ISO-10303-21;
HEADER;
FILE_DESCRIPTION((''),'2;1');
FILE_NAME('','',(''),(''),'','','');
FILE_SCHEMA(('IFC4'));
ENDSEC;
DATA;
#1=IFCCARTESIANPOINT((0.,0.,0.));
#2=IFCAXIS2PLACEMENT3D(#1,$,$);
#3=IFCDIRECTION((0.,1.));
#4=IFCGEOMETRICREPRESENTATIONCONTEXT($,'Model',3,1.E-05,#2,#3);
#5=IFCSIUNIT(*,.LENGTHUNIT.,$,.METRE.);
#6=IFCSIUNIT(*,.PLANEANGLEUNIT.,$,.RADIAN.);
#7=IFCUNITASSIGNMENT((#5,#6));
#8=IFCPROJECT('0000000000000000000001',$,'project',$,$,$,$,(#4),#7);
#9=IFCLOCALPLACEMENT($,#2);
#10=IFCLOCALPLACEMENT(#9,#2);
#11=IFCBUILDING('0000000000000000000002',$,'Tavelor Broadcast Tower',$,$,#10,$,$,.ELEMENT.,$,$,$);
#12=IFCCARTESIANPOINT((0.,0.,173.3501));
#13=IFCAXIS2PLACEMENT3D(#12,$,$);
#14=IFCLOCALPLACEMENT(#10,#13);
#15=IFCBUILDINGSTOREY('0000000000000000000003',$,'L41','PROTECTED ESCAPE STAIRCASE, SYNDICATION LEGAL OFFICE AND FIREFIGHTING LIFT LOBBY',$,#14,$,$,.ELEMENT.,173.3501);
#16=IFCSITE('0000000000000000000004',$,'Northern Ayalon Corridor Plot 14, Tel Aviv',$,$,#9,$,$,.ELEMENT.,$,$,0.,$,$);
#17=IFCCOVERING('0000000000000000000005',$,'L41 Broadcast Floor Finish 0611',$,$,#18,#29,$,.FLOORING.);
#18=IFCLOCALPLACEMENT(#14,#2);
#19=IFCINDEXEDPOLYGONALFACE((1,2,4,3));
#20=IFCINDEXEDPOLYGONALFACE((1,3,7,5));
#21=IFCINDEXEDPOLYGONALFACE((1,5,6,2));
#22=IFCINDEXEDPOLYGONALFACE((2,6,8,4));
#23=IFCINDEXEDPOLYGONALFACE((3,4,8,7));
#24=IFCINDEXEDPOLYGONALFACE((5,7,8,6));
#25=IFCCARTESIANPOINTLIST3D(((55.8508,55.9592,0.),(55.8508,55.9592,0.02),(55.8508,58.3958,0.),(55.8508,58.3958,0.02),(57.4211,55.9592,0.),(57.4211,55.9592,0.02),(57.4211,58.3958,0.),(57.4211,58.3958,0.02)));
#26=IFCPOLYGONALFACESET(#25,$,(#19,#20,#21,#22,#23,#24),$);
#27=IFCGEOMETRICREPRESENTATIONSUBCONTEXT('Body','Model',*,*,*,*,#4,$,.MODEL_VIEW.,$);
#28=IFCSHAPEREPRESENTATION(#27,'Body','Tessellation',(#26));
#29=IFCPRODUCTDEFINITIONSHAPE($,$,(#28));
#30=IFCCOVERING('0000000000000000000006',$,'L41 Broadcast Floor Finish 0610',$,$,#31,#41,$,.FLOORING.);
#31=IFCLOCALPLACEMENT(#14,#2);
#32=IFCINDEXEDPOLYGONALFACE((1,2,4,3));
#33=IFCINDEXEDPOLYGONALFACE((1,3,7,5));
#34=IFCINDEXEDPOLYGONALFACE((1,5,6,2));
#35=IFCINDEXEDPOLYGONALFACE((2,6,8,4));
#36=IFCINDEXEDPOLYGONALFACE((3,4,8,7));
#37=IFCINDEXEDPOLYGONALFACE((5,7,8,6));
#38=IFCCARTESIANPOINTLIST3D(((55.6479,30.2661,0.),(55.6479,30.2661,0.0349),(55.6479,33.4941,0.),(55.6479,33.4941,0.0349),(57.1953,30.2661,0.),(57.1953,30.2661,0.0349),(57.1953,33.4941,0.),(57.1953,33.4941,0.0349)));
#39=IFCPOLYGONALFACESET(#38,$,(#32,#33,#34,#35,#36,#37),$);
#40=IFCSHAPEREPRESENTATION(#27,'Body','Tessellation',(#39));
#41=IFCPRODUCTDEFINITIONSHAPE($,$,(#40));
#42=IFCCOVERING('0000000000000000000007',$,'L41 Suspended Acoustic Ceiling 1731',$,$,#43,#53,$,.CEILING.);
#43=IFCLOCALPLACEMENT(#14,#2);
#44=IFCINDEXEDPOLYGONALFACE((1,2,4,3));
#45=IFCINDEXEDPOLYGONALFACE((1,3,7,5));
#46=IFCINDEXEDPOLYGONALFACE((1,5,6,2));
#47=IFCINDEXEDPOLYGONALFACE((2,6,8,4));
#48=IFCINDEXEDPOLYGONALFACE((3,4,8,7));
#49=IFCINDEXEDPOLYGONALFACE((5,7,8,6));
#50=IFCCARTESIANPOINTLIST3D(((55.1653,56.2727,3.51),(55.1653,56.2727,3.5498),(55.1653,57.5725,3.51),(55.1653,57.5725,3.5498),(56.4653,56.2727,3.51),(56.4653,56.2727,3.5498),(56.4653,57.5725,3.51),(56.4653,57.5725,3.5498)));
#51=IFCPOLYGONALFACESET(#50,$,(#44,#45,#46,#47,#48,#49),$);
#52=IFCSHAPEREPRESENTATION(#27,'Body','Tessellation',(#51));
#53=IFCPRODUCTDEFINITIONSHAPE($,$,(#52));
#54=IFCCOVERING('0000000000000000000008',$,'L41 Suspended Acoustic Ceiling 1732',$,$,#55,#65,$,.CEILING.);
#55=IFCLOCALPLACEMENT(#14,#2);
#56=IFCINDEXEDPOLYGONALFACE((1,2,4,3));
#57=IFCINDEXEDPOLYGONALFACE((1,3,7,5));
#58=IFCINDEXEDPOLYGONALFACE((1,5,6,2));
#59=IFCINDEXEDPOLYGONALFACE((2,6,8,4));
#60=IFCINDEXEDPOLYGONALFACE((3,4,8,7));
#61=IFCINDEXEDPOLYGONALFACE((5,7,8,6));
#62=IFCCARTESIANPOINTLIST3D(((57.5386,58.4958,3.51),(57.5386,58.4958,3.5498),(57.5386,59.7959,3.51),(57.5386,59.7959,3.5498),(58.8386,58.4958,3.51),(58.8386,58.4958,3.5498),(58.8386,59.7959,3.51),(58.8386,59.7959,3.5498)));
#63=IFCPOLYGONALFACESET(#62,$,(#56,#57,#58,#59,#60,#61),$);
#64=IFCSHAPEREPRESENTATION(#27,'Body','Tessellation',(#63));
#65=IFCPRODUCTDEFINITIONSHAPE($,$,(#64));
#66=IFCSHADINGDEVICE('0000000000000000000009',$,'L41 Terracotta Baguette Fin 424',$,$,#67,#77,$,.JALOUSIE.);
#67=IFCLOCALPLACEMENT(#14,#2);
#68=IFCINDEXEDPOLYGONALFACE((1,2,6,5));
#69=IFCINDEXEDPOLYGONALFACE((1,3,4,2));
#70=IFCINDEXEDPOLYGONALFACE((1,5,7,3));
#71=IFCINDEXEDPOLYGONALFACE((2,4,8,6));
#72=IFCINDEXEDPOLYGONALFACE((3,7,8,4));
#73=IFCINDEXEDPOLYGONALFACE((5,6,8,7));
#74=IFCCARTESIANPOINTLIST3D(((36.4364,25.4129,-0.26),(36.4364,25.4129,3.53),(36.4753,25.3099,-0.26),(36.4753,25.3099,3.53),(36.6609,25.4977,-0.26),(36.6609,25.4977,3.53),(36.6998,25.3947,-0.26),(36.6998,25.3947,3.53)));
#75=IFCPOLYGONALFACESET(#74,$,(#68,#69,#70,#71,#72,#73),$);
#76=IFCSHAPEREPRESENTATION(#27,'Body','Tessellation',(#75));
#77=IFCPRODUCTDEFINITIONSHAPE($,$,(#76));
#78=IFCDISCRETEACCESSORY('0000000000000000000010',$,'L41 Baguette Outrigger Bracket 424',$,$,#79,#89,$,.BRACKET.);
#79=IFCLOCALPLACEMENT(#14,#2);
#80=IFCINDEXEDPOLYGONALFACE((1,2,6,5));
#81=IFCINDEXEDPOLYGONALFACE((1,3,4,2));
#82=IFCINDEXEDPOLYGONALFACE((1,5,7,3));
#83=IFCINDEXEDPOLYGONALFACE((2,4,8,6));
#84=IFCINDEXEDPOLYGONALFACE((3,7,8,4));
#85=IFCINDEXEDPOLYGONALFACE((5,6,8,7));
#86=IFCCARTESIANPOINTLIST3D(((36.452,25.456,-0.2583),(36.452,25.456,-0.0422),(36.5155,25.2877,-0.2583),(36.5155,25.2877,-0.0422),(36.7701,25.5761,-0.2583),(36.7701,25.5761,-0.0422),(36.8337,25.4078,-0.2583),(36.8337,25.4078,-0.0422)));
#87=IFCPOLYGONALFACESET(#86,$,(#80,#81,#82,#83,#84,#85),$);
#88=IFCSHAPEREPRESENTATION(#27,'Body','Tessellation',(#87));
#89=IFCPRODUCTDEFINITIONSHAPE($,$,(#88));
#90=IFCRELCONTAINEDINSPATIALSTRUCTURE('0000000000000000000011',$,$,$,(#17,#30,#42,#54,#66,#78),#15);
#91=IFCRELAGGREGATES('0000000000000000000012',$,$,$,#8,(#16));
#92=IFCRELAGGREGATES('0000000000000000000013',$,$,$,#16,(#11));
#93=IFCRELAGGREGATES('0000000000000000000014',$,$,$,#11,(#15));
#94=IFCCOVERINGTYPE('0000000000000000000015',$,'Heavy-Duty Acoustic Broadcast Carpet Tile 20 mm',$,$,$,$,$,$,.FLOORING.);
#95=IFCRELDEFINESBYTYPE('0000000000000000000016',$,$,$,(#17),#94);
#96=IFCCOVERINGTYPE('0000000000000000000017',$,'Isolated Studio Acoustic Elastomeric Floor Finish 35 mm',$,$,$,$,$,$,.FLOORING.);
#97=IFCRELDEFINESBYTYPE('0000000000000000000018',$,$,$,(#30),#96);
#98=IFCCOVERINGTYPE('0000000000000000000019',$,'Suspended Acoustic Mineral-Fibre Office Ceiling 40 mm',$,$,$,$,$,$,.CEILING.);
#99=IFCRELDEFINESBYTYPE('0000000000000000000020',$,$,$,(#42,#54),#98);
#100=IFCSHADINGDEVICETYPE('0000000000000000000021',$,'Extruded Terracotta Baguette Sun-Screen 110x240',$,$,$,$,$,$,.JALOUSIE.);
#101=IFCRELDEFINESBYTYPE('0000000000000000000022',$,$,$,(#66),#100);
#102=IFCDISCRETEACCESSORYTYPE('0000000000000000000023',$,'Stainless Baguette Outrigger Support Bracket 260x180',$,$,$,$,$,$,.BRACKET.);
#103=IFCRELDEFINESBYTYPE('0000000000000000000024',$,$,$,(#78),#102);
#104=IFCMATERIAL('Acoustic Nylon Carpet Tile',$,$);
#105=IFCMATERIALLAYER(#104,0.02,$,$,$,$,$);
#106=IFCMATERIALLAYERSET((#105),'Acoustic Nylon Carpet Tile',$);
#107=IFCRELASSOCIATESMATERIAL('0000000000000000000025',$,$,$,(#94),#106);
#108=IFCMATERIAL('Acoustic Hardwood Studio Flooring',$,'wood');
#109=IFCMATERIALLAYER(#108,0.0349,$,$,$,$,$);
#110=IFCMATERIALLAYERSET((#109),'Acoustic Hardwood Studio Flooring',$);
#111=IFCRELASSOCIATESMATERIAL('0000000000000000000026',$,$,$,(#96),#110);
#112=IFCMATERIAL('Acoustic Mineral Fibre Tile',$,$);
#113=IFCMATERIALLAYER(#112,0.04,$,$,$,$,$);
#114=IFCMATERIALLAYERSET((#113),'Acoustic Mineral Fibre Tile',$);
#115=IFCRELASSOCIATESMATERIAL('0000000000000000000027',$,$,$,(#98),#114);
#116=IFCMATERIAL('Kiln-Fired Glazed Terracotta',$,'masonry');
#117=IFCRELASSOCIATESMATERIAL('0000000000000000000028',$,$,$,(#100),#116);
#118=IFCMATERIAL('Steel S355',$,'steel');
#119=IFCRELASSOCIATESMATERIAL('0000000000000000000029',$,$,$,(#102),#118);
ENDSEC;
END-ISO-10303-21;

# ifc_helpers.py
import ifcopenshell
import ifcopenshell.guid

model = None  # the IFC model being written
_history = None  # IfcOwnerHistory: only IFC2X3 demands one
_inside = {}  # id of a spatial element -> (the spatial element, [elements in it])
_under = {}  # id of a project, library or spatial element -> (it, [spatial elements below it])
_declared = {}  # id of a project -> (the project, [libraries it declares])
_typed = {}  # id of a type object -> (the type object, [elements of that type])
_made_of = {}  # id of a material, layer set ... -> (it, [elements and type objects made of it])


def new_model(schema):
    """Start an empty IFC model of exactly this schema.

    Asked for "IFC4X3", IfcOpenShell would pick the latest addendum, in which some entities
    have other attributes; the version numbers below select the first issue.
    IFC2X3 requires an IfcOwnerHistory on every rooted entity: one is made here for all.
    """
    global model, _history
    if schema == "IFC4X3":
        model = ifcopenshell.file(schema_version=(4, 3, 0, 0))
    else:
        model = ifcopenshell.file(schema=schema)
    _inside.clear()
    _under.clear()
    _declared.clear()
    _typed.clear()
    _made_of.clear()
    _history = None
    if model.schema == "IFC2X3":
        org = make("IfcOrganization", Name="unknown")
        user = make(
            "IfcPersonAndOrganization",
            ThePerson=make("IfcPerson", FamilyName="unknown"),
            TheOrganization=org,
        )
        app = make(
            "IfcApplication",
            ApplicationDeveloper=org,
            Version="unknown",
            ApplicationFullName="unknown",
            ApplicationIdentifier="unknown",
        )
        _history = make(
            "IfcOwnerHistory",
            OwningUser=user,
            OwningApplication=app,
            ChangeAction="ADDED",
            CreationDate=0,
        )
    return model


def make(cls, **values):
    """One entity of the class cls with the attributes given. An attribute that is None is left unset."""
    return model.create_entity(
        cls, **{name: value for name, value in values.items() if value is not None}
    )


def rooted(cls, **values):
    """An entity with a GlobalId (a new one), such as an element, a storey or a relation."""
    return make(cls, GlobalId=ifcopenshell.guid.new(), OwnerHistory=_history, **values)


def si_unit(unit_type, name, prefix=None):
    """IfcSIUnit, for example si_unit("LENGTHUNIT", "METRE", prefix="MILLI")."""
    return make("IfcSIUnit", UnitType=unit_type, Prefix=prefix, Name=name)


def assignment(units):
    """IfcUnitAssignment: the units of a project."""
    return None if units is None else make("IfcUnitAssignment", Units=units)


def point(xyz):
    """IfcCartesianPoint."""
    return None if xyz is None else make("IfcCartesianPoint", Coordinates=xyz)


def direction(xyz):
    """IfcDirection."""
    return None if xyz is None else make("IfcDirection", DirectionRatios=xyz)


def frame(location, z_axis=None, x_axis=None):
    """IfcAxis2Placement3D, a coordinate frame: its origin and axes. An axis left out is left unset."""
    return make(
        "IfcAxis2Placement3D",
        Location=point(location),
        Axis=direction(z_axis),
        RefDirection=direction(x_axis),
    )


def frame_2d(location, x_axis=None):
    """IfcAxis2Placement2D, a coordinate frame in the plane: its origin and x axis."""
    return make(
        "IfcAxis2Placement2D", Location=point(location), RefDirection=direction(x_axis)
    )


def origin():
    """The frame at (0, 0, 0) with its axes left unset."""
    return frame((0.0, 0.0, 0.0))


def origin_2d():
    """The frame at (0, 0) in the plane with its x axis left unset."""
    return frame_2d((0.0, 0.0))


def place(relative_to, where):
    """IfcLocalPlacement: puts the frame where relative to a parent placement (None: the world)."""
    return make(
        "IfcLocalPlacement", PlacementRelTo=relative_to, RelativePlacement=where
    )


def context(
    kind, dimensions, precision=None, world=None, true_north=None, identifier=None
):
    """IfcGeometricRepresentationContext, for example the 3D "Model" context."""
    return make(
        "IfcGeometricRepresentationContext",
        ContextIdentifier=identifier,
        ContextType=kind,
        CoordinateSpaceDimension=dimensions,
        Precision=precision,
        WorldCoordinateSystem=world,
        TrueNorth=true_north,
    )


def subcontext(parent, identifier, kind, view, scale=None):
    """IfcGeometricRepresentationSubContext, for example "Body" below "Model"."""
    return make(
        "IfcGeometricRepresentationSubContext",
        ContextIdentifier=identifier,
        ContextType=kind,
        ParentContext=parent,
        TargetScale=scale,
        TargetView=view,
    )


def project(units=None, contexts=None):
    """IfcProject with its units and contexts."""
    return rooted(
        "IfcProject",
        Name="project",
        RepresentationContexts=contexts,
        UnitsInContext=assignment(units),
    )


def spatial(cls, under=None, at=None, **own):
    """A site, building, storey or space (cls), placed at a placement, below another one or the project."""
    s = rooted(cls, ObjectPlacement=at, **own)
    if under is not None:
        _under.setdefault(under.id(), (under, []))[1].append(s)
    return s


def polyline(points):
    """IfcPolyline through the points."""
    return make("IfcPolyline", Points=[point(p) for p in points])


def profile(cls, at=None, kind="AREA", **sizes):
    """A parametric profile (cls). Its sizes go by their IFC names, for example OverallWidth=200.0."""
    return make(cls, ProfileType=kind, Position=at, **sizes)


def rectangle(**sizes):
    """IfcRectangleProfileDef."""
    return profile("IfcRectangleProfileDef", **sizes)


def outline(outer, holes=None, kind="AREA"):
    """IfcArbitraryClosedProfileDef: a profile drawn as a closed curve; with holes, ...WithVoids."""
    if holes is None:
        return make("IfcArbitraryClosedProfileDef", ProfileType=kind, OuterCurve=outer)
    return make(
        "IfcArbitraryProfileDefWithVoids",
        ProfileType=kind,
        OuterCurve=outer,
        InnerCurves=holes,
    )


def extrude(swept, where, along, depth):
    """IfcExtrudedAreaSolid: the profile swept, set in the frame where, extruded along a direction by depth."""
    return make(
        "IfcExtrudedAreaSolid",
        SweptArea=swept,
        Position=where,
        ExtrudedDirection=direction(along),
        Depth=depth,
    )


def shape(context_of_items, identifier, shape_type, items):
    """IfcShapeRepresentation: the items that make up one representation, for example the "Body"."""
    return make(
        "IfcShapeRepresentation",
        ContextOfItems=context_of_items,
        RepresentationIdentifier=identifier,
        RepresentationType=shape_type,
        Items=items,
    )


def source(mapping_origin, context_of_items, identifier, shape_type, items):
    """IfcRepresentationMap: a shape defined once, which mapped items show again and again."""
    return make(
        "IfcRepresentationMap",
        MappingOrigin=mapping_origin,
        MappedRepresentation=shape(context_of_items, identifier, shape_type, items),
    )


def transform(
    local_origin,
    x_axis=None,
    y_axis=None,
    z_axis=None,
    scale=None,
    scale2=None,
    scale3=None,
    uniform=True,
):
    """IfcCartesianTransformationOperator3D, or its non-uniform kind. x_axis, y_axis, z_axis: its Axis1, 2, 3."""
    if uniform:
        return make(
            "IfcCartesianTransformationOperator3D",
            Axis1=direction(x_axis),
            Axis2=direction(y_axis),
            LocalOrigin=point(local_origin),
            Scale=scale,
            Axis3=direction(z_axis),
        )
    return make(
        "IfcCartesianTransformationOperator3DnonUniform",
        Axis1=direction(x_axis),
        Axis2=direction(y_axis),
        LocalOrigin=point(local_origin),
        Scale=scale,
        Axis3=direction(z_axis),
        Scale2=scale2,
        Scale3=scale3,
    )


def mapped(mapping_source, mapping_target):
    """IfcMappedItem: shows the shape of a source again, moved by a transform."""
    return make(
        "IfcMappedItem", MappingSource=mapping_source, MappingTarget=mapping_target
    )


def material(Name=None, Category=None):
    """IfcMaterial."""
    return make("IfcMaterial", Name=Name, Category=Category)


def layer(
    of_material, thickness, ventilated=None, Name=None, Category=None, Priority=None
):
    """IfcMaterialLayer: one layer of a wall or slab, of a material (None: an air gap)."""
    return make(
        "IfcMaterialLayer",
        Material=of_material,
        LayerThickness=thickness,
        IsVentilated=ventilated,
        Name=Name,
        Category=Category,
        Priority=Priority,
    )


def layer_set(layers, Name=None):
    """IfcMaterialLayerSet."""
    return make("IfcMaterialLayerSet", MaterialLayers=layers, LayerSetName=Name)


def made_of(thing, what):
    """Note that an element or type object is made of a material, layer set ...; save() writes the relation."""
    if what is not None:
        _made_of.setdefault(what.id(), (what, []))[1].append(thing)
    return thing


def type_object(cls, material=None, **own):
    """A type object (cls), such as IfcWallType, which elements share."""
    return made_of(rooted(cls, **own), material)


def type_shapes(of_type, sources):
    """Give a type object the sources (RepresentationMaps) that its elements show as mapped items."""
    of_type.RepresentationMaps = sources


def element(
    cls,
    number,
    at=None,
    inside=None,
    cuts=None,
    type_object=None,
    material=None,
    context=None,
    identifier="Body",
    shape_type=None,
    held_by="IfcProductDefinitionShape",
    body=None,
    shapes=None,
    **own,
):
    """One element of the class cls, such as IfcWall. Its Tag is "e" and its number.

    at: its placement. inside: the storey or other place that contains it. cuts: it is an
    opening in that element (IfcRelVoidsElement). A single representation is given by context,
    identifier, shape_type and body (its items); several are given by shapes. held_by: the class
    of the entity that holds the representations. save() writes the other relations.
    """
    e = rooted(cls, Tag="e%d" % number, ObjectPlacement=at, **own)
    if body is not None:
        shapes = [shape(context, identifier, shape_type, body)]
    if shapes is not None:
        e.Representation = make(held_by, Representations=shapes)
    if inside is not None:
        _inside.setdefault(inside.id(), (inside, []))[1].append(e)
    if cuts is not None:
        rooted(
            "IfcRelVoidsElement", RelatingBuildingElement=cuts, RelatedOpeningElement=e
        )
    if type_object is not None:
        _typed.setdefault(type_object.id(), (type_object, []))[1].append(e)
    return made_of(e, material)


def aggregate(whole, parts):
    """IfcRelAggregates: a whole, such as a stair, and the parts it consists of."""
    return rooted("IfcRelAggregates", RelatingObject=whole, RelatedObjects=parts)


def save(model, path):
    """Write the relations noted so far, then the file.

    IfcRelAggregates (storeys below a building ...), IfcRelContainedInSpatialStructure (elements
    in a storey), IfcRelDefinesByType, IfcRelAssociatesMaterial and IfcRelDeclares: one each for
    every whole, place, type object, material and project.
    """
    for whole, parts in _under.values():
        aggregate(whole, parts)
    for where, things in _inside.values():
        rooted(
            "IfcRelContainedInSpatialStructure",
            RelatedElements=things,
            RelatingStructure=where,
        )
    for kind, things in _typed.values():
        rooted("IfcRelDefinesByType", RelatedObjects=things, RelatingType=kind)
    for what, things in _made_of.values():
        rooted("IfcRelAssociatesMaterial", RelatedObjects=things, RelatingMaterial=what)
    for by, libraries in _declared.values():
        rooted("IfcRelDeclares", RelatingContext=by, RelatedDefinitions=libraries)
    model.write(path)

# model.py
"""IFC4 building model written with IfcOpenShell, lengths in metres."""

from ifc_helpers import new_model, si_unit, direction, frame, origin, origin_2d, place, context, subcontext, project, spatial, polyline, rectangle, outline, extrude, source, transform, mapped, material, layer, layer_set, type_object, type_shapes, element, save


model = new_model("IFC4")

# Units and contexts
model_context = context("Model", 3, precision=1e-05, world=origin(), true_north=direction((0.0, 1.0)))
body_context = subcontext(model_context, "Body", "Model", "MODEL_VIEW")
ifc_project = project(units=[si_unit("LENGTHUNIT", "METRE"), si_unit("PLANEANGLEUNIT", "RADIAN")], contexts=[model_context])

# Site, building, storey
site_placement = place(None, origin())
site = spatial("IfcSite", under=ifc_project, at=site_placement, Name="Northern Ayalon Corridor Plot 14, Tel Aviv", CompositionType="ELEMENT", RefElevation=0.0)
building_placement = place(site_placement, origin())
building = spatial("IfcBuilding", under=site, at=building_placement, Name="Tavelor Broadcast Tower", CompositionType="ELEMENT")
storey_placement = place(building_placement, frame((0.0, 0.0, 173.3501)))
storey = spatial("IfcBuildingStorey", under=building, at=storey_placement, Name="L41", Description="PROTECTED ESCAPE STAIRCASE, SYNDICATION LEGAL OFFICE AND FIREFIGHTING LIFT LOBBY", CompositionType="ELEMENT", Elevation=173.3501)

# Shared definitions
ifc_material_1 = material(Name="Steel S355", Category="steel")

# Coverings
ifc_material_2 = material(Name="Acoustic Nylon Carpet Tile")
ifc_layer_1 = layer(ifc_material_2, 0.02)
ifc_layer_set_1 = layer_set([ifc_layer_1], Name="Acoustic Nylon Carpet Tile")
covering_type_1 = type_object("IfcCoveringType", Name="Heavy-Duty Acoustic Broadcast Carpet Tile 20 mm", PredefinedType="FLOORING", material=ifc_layer_set_1)
covering_1_placement = place(storey_placement, origin())
element("IfcCovering", 1, at=covering_1_placement, inside=storey, type_object=covering_type_1, Name="L41 Broadcast Floor Finish 0611", PredefinedType="FLOORING", context=body_context, shape_type="SweptSolid", body=[
    extrude(outline(polyline([(55.8508, 55.9592), (57.4211, 55.9592), (57.4211, 58.3958), (55.8508, 58.3958), (55.8508, 55.9592)])), origin(), (0.0, 0.0, 1.0), 0.02),
])
ifc_material_3 = material(Name="Acoustic Hardwood Studio Flooring", Category="wood")
ifc_layer_2 = layer(ifc_material_3, 0.0349)
ifc_layer_set_2 = layer_set([ifc_layer_2], Name="Acoustic Hardwood Studio Flooring")
covering_type_2 = type_object("IfcCoveringType", Name="Isolated Studio Acoustic Elastomeric Floor Finish 35 mm", PredefinedType="FLOORING", material=ifc_layer_set_2)
covering_2_placement = place(storey_placement, origin())
element("IfcCovering", 2, at=covering_2_placement, inside=storey, type_object=covering_type_2, Name="L41 Broadcast Floor Finish 0610", PredefinedType="FLOORING", context=body_context, shape_type="SweptSolid", body=[
    extrude(outline(polyline([(55.6479, 30.2661), (57.1953, 30.2661), (57.1953, 33.4941), (55.6479, 33.4941), (55.6479, 30.2661)])), origin(), (0.0, 0.0, 1.0), 0.0349),
])
ifc_material_4 = material(Name="Acoustic Mineral Fibre Tile")
ifc_layer_3 = layer(ifc_material_4, 0.04)
ifc_layer_set_3 = layer_set([ifc_layer_3], Name="Acoustic Mineral Fibre Tile")
covering_type_3 = type_object("IfcCoveringType", Name="Suspended Acoustic Mineral-Fibre Office Ceiling 40 mm", PredefinedType="CEILING", material=ifc_layer_set_3)
covering_3_placement = place(storey_placement, frame((0.0, 0.0, 3.51)))
element("IfcCovering", 3, at=covering_3_placement, inside=storey, type_object=covering_type_3, Name="L41 Suspended Acoustic Ceiling 1731", PredefinedType="CEILING", context=body_context, shape_type="SweptSolid", body=[
    extrude(outline(polyline([(55.1653, 56.2727), (56.4653, 56.2727), (56.4653, 57.5725), (55.1653, 57.5725), (55.1653, 56.2727)])), origin(), (0.0, 0.0, 1.0), 0.0398),
])
covering_4_placement = place(storey_placement, frame((0.0, 0.0, 3.51)))
element("IfcCovering", 4, at=covering_4_placement, inside=storey, type_object=covering_type_3, Name="L41 Suspended Acoustic Ceiling 1732", PredefinedType="CEILING", context=body_context, shape_type="SweptSolid", body=[
    extrude(outline(polyline([(57.5386, 58.4958), (58.8386, 58.4958), (58.8386, 59.7959), (57.5386, 59.7959), (57.5386, 58.4958)])), origin(), (0.0, 0.0, 1.0), 0.0398),
])

# Shading device
ifc_material_5 = material(Name="Kiln-Fired Glazed Terracotta", Category="masonry")
shading_device_type = type_object("IfcShadingDeviceType", Name="Extruded Terracotta Baguette Sun-Screen 110x240", PredefinedType="JALOUSIE", material=ifc_material_5)
shared_shape_1 = source(origin(), body_context, "Body", "SweptSolid", [
    extrude(rectangle(XDim=0.1101, YDim=0.24, at=origin_2d()), origin(), (0.0, 0.0, 1.0), 3.79),
])
type_shapes(shading_device_type, [shared_shape_1])
shading_device_placement = place(storey_placement, frame((36.5681, 25.4038, -0.26), z_axis=(0.0, 0.0, 1.0), x_axis=(0.353148, -0.935567, 0.0)))
element("IfcShadingDevice", 5, at=shading_device_placement, inside=storey, type_object=shading_device_type, Name="L41 Terracotta Baguette Fin 424", PredefinedType="JALOUSIE", context=body_context, shape_type="MappedRepresentation", body=[
    mapped(shared_shape_1, transform((0.0, 0.0, 0.0), scale=1.0)),
])

# Discrete accessory
discrete_accessory_type = type_object("IfcDiscreteAccessoryType", Name="Stainless Baguette Outrigger Support Bracket 260x180", PredefinedType="BRACKET", material=ifc_material_1)
shared_shape_2 = source(origin(), body_context, "Body", "SweptSolid", [
    extrude(rectangle(XDim=0.1799, YDim=0.3401, at=origin_2d()), origin(), (0.0, 0.0, 1.0), 0.2161),
])
type_shapes(discrete_accessory_type, [shared_shape_2])
discrete_accessory_placement = place(storey_placement, frame((36.6428, 25.4319, -0.2583), z_axis=(0.0, 0.0, 1.0), x_axis=(0.353148, -0.935567, 0.0)))
element("IfcDiscreteAccessory", 6, at=discrete_accessory_placement, inside=storey, type_object=discrete_accessory_type, Name="L41 Baguette Outrigger Bracket 424", PredefinedType="BRACKET", context=body_context, shape_type="MappedRepresentation", body=[
    mapped(shared_shape_2, transform((0.0, 0.0, 0.0), scale=1.0)),
])

save(model, "model.ifc")
